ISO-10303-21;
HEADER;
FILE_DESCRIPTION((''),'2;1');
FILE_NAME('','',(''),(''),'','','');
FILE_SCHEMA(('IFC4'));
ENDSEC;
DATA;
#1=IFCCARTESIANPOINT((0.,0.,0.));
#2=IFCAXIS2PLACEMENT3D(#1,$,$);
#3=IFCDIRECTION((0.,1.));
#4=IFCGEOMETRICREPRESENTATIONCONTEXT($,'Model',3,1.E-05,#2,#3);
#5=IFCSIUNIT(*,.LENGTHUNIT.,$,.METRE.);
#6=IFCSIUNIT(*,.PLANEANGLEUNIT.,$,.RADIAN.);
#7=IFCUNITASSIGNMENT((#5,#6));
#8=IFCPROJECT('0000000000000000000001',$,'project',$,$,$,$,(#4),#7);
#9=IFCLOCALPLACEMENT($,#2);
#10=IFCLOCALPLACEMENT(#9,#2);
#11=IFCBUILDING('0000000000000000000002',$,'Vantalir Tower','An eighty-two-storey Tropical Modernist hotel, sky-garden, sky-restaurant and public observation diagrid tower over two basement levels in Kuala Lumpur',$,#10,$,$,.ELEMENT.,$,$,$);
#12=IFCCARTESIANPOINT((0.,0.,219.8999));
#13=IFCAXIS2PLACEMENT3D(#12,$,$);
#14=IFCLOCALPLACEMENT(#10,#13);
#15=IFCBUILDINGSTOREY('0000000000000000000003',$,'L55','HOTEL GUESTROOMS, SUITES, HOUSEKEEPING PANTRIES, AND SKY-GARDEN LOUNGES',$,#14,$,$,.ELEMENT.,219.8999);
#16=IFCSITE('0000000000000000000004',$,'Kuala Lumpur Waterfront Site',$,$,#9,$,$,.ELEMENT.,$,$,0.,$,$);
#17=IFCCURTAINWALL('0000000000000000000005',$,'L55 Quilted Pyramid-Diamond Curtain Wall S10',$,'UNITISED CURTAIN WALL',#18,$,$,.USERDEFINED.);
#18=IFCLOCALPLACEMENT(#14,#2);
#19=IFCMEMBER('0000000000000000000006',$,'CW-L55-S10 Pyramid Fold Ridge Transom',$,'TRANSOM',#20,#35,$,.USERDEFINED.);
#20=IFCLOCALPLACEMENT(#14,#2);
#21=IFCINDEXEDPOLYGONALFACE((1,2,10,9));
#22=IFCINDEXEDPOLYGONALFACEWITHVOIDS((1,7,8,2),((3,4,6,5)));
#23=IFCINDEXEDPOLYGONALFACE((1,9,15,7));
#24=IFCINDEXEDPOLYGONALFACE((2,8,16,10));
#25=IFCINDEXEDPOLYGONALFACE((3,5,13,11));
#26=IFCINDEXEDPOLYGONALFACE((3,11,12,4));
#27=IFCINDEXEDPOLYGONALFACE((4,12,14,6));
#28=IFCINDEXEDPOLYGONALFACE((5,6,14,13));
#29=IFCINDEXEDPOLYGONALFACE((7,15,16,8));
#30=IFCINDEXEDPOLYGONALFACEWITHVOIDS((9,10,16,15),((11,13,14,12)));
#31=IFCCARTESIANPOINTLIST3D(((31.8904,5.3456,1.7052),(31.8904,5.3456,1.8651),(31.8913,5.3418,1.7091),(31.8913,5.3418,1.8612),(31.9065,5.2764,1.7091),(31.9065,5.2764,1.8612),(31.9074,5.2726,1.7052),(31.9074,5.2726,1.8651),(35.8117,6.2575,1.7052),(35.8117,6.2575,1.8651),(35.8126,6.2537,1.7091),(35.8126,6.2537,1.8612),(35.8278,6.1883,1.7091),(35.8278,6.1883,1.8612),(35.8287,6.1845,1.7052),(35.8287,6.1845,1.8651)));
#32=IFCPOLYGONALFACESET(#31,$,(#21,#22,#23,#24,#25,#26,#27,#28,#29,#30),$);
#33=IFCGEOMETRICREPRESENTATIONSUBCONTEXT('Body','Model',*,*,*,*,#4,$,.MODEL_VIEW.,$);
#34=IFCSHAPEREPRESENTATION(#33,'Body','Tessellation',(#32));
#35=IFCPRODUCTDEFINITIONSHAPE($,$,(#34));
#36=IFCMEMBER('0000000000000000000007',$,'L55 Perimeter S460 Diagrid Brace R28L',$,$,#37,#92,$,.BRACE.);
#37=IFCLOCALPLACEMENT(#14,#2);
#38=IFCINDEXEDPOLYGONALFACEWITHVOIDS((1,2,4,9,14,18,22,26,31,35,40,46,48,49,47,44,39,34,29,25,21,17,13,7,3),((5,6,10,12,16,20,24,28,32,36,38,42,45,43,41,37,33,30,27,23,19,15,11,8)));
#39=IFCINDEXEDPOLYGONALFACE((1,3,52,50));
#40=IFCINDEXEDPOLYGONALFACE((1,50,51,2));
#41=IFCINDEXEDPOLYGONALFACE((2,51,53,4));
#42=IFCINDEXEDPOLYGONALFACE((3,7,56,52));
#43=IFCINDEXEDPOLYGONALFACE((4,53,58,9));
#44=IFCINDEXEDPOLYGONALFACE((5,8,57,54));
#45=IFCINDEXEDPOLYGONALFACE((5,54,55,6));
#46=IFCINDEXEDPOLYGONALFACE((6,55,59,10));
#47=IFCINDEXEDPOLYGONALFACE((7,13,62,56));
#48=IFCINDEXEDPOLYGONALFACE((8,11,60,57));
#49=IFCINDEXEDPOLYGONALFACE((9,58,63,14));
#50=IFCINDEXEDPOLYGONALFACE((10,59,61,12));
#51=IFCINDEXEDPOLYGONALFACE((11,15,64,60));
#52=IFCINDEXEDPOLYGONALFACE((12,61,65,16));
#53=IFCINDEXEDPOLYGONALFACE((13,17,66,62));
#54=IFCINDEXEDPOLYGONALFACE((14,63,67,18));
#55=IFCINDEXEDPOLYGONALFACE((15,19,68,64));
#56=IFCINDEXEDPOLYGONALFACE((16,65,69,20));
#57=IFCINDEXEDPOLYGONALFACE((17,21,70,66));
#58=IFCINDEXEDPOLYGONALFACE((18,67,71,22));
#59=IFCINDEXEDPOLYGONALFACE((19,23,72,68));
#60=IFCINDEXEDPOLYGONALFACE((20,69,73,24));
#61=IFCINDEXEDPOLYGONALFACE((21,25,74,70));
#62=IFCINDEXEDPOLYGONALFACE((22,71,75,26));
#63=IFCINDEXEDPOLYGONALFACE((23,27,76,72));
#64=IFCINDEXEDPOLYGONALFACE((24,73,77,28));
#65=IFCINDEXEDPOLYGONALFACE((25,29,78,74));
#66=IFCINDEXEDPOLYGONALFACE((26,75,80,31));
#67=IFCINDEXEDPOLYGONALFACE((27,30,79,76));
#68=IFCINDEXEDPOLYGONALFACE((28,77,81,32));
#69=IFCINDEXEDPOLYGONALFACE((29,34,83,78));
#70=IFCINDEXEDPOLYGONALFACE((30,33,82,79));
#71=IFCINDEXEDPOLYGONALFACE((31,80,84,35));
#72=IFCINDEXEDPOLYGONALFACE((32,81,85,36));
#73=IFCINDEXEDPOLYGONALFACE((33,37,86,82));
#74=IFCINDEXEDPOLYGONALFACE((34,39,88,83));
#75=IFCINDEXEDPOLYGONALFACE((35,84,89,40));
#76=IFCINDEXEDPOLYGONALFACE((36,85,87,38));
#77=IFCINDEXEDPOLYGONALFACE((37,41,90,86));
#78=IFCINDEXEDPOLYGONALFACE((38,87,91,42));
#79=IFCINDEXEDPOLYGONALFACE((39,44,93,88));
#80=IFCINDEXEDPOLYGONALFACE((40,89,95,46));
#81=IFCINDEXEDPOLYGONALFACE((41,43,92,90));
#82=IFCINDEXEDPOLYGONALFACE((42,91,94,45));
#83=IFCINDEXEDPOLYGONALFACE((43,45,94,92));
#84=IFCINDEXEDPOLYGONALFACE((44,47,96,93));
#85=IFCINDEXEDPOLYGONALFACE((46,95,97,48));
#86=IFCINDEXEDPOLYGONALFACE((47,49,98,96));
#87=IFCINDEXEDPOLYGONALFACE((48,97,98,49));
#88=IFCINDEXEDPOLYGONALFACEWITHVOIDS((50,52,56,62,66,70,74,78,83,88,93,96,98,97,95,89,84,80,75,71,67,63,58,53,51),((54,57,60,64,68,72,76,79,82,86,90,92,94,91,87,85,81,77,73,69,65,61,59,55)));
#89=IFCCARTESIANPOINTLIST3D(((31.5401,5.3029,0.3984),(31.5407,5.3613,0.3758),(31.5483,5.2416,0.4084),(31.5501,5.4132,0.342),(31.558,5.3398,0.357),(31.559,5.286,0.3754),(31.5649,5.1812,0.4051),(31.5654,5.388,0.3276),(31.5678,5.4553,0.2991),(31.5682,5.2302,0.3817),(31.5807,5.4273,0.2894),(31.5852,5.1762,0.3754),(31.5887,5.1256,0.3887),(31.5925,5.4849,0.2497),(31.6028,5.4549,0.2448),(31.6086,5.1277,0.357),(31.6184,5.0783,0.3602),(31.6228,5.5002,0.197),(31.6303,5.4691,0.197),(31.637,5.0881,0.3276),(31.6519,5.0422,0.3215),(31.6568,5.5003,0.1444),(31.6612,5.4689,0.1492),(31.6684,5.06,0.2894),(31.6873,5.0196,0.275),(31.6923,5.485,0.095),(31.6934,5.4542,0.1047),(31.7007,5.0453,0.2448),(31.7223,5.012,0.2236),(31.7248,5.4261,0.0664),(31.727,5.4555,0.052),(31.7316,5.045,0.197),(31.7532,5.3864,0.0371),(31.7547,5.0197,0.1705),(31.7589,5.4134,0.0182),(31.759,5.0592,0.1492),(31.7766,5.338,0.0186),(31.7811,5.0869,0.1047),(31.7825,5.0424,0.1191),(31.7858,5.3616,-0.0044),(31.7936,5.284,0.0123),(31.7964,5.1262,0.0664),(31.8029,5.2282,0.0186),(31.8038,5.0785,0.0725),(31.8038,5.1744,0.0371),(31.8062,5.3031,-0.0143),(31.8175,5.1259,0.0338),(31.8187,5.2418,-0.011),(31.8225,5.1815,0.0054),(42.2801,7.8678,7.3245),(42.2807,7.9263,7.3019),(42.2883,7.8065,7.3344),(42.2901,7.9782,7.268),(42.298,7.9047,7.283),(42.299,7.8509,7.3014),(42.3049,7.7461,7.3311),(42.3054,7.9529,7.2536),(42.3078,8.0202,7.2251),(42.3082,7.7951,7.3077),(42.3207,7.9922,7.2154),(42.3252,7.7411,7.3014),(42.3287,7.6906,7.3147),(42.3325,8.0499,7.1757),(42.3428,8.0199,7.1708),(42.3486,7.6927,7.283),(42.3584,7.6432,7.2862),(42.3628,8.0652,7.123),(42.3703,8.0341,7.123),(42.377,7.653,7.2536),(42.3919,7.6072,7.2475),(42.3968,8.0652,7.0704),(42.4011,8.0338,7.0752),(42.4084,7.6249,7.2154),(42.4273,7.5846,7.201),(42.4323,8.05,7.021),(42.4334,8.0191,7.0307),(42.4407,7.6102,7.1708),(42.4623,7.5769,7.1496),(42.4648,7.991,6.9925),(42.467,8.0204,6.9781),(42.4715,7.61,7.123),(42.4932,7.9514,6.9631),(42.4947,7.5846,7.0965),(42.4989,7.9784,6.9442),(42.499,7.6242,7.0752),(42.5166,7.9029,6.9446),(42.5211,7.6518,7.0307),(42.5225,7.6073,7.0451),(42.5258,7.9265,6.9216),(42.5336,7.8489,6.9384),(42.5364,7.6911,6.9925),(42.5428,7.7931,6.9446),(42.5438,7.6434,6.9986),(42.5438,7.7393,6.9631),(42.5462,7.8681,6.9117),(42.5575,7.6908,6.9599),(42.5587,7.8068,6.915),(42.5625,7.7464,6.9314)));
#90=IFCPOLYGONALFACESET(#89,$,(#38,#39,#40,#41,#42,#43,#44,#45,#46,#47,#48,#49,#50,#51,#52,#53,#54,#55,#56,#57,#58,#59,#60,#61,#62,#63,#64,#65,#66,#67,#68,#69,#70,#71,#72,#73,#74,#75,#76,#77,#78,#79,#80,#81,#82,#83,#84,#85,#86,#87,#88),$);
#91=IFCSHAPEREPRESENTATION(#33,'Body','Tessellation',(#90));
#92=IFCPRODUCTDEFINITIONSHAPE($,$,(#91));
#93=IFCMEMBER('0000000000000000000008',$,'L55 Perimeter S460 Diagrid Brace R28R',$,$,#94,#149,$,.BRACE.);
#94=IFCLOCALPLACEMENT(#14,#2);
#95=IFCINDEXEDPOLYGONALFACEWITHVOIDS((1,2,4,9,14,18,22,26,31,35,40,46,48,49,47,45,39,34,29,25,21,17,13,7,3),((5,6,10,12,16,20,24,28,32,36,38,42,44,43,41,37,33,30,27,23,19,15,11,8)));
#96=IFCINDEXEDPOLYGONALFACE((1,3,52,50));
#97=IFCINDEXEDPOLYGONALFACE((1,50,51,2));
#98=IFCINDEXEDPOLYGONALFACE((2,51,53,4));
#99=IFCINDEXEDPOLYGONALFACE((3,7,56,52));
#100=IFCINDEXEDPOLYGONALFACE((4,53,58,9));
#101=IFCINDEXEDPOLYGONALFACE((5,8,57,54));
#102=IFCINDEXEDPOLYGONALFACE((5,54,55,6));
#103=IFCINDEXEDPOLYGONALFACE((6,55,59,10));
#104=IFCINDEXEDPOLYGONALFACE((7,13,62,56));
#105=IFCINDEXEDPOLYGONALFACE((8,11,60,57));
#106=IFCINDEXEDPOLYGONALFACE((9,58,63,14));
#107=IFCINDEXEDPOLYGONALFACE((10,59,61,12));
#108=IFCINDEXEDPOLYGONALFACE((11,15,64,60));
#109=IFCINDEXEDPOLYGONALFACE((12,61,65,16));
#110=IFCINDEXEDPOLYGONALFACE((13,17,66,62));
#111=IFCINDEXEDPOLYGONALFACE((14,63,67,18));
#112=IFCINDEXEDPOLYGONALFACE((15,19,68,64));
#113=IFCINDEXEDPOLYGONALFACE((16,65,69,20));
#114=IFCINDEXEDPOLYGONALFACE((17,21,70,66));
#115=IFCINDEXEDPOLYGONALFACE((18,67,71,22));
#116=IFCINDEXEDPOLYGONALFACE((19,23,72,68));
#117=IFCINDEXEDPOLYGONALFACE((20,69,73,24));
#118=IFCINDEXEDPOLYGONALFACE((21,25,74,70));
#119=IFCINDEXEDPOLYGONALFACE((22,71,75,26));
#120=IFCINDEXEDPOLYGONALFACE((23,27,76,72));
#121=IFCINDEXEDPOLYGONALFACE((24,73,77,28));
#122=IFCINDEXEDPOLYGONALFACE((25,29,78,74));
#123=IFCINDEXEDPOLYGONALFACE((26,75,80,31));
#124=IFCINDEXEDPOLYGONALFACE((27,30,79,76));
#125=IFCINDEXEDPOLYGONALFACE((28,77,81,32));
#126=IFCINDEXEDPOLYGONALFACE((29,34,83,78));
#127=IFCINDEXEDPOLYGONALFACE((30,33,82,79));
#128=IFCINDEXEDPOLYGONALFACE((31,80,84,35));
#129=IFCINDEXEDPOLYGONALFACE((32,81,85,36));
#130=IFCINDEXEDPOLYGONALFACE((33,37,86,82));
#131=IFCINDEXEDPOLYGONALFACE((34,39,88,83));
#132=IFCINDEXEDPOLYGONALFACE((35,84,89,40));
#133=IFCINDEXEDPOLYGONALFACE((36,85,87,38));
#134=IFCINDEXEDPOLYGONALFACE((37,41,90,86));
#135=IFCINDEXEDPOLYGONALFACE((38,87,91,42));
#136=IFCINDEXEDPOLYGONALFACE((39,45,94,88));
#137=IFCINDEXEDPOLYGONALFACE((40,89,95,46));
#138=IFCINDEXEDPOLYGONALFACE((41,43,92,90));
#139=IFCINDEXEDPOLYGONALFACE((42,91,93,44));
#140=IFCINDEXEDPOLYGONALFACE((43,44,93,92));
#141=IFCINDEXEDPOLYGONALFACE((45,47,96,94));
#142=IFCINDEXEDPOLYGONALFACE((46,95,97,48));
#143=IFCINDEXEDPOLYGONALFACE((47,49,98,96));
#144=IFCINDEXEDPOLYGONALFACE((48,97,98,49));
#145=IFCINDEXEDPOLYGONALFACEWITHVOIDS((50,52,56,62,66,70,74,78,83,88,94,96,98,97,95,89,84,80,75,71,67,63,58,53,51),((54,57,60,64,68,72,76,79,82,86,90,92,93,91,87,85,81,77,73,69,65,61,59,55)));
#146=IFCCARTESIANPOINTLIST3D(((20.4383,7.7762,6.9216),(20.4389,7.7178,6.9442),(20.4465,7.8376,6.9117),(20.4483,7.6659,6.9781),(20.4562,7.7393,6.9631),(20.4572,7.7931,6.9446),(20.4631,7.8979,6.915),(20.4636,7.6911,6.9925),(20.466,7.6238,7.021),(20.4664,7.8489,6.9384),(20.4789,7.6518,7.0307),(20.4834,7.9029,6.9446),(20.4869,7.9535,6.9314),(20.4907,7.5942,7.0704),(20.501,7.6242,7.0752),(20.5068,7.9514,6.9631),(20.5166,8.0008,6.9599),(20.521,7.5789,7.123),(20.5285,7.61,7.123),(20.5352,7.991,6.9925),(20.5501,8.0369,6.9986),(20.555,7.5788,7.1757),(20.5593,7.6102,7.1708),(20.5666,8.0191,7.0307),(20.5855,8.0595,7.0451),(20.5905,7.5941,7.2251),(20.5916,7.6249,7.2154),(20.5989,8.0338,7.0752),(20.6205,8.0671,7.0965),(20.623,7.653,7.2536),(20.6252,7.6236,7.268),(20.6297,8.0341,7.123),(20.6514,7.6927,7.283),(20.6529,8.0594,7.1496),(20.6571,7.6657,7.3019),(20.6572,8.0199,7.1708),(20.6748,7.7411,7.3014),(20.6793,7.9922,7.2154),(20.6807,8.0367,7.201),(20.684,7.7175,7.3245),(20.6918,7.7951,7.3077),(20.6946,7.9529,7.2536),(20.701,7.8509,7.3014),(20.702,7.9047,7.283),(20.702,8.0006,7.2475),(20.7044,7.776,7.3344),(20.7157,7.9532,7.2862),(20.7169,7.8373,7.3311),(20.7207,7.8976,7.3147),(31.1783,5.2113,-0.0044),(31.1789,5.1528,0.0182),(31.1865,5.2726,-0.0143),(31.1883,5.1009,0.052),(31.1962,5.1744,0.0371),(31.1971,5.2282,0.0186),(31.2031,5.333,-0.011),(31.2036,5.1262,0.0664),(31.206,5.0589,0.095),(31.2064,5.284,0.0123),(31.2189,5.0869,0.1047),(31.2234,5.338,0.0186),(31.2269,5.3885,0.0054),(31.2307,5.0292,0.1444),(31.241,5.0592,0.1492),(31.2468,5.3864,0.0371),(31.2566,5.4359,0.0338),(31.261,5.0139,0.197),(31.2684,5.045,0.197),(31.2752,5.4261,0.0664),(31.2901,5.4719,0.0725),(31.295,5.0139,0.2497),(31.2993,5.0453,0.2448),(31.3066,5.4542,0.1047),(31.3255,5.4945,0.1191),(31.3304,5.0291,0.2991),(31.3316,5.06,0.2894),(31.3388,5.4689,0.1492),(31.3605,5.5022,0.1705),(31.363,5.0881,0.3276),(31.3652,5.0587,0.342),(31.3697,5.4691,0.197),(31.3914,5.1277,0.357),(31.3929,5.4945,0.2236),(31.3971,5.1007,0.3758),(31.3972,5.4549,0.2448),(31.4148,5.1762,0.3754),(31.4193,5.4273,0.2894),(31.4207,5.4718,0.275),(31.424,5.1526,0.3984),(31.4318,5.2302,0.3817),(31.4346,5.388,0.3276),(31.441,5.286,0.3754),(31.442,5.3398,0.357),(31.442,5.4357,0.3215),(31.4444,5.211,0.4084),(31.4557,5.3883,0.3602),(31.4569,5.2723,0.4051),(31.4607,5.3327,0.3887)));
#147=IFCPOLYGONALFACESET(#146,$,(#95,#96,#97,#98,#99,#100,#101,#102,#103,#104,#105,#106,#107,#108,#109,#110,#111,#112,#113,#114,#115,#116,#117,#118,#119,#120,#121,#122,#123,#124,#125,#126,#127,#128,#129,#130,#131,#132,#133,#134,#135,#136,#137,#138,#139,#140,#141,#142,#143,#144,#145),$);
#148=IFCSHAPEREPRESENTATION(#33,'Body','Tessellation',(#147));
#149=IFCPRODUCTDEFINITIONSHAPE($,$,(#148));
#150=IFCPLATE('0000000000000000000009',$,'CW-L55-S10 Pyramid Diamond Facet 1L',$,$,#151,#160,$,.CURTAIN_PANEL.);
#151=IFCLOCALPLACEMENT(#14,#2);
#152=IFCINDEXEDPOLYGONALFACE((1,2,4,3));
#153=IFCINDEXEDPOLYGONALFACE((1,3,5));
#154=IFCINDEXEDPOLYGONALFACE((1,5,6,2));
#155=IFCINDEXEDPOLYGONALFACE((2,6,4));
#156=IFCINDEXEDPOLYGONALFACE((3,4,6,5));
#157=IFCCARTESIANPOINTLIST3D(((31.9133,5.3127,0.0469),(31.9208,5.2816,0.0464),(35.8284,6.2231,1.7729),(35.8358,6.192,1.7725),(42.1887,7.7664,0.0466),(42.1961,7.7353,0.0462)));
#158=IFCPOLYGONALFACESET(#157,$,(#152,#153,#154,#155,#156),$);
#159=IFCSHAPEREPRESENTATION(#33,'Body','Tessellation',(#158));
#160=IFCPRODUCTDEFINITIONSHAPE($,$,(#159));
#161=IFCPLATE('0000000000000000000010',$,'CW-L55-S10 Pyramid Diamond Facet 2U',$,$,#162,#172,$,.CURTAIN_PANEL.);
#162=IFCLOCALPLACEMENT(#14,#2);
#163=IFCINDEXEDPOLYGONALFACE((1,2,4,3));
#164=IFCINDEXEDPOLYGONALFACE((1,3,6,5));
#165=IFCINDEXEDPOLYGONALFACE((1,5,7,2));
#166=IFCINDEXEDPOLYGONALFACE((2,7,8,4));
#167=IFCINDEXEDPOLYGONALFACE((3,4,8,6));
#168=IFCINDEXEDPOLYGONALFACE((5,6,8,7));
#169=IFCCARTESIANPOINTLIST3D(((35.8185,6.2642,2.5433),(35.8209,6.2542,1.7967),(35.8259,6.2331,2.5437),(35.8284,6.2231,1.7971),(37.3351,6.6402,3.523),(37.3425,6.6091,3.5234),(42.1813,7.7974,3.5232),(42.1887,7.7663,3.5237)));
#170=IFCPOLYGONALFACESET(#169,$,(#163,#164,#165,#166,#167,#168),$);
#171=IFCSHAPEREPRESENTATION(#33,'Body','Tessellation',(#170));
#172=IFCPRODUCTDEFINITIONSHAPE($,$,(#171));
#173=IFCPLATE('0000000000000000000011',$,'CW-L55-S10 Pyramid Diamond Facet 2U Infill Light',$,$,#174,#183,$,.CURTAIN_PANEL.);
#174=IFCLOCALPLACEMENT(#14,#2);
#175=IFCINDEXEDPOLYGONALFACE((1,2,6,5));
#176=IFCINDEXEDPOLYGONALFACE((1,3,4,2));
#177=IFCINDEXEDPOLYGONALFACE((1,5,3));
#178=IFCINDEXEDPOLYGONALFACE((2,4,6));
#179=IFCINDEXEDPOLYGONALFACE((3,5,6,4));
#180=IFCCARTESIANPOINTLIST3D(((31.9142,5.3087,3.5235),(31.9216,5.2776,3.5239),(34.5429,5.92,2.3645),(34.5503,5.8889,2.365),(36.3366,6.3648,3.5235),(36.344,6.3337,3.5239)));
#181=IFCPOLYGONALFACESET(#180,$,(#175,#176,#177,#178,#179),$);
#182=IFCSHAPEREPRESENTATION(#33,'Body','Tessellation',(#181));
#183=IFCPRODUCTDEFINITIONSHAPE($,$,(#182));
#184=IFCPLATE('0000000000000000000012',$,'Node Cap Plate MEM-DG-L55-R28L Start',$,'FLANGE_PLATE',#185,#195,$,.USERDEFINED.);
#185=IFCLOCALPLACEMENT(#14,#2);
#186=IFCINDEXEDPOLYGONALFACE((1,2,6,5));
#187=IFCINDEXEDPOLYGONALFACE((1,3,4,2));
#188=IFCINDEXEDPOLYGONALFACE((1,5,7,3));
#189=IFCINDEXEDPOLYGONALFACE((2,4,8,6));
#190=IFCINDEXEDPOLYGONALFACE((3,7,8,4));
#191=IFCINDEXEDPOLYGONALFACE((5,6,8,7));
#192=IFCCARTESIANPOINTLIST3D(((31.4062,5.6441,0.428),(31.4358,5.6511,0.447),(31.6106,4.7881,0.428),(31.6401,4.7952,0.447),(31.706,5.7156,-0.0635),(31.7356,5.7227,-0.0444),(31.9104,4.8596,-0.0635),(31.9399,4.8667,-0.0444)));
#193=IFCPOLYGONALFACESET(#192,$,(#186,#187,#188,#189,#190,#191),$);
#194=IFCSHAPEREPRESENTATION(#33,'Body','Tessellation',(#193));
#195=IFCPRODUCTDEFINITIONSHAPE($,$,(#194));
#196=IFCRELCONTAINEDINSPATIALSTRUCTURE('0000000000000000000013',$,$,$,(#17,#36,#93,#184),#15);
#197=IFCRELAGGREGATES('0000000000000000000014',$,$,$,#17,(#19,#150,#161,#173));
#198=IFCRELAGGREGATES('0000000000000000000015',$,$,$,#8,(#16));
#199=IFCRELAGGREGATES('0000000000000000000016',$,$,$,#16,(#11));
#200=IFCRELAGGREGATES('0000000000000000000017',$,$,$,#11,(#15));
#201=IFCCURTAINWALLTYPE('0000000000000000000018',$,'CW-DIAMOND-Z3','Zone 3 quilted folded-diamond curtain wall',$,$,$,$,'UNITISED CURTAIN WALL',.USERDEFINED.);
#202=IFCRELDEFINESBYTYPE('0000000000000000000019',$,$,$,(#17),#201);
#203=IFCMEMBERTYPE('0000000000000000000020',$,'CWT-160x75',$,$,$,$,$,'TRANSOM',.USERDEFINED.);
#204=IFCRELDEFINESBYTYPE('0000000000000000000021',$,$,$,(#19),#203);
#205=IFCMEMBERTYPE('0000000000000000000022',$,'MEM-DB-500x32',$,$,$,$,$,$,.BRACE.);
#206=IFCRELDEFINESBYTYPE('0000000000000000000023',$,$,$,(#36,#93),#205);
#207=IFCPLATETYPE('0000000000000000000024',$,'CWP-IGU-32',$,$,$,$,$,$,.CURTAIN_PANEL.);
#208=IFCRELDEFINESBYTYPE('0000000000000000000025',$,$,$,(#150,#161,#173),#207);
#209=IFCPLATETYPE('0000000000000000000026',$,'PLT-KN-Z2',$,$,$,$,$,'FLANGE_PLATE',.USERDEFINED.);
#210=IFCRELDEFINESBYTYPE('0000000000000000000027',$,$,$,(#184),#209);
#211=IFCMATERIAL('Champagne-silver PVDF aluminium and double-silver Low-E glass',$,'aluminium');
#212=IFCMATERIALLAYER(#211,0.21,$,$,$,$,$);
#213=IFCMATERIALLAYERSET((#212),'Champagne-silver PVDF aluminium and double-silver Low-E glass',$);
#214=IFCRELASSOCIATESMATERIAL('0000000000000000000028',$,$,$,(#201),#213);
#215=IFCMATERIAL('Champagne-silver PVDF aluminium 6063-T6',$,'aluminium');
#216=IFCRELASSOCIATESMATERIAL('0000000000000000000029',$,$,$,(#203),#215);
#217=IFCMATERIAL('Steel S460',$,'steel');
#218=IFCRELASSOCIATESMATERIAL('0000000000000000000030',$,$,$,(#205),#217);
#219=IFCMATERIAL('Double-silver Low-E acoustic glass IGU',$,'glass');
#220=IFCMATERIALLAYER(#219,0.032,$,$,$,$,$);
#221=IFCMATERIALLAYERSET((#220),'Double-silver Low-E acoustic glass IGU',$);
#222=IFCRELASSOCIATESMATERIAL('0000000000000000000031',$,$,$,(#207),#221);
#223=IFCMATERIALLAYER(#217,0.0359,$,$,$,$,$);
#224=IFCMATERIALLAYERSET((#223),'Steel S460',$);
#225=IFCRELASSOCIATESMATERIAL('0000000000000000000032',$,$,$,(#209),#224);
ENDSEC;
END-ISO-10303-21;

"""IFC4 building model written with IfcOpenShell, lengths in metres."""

from ifc_helpers import new_model, si_unit, direction, frame, origin, origin_2d, place, context, subcontext, project, spatial, polyline, hollow_rectangle, hollow_circle, outline, extrude, material, layer, layer_set, material_profile, profile_set, type_object, element, aggregate, save


model = new_model("IFC4")

# Units and contexts
model_context = context("Model", 3, precision=1e-05, world=origin(), true_north=direction((0.0, 1.0)))
body_context = subcontext(model_context, "Body", "Model", "MODEL_VIEW")
ifc_project = project(units=[si_unit("LENGTHUNIT", "METRE"), si_unit("PLANEANGLEUNIT", "RADIAN")], contexts=[model_context])

# Site, building, storey
site_placement = place(None, origin())
site = spatial("IfcSite", under=ifc_project, at=site_placement, Name="Kuala Lumpur Waterfront Site", CompositionType="ELEMENT", RefElevation=0.0)
building_placement = place(site_placement, origin())
building = spatial("IfcBuilding", under=site, at=building_placement, Name="Vantalir Tower", Description="An eighty-two-storey Tropical Modernist hotel, sky-garden, sky-restaurant and public observation diagrid tower over two basement levels in Kuala Lumpur", CompositionType="ELEMENT")
storey_placement = place(building_placement, frame((0.0, 0.0, 219.8999)))
storey = spatial("IfcBuildingStorey", under=building, at=storey_placement, Name="L55", Description="HOTEL GUESTROOMS, SUITES, HOUSEKEEPING PANTRIES, AND SKY-GARDEN LOUNGES", CompositionType="ELEMENT", Elevation=219.8999)

# Shared definitions
ifc_material_1 = material(Name="Steel S460", Category="steel")

# Shared definitions
ifc_material_2 = material(Name="Champagne-silver PVDF aluminium and double-silver Low-E glass", Category="aluminium")
ifc_layer_1 = layer(ifc_material_2, 0.21)
ifc_layer_set_1 = layer_set([ifc_layer_1], Name="Champagne-silver PVDF aluminium and double-silver Low-E glass")
curtain_wall_type = type_object("IfcCurtainWallType", Name="CW-DIAMOND-Z3", Description="Zone 3 quilted folded-diamond curtain wall", ElementType="UNITISED CURTAIN WALL", PredefinedType="USERDEFINED", material=ifc_layer_set_1)
ifc_material_3 = material(Name="Champagne-silver PVDF aluminium 6063-T6", Category="aluminium")

# Curtain wall, member
curtain_wall_1_placement = place(storey_placement, origin())
curtain_wall_1 = element("IfcCurtainWall", 1, at=curtain_wall_1_placement, inside=storey, type_object=curtain_wall_type, Name="L55 Quilted Pyramid-Diamond Curtain Wall S10", ObjectType="UNITISED CURTAIN WALL", PredefinedType="USERDEFINED")
ifc_material_profile_1 = material_profile(ifc_material_3, hollow_rectangle(XDim=0.075, YDim=0.1599, WallThickness=0.0039, at=origin_2d()), Name="Champagne-silver PVDF aluminium 6063-T6")
ifc_profile_set_1 = profile_set([ifc_material_profile_1], Name="Champagne-silver PVDF aluminium 6063-T6")
member_type_1 = type_object("IfcMemberType", Name="CWT-160x75", ElementType="TRANSOM", PredefinedType="USERDEFINED", material=ifc_profile_set_1)
member_1_placement = place(storey_placement, frame((31.8989, 5.3091, 1.7852), z_axis=(0.97401, 0.226507, 0.0), x_axis=(-0.226507, 0.97401, 0.0)))
member_1 = element("IfcMember", 2, at=member_1_placement, type_object=member_type_1, Name="CW-L55-S10 Pyramid Fold Ridge Transom", ObjectType="TRANSOM", PredefinedType="USERDEFINED", context=body_context, shape_type="SweptSolid", body=[
    extrude(hollow_rectangle(XDim=0.075, YDim=0.1599, WallThickness=0.0039, at=origin_2d()), origin(), (0.0, 0.0, 1.0), 4.0259),
])

# Members
ifc_material_profile_2 = material_profile(ifc_material_1, hollow_circle(Radius=0.25, WallThickness=0.032, at=origin_2d()), Name="Steel S460")
ifc_profile_set_2 = profile_set([ifc_material_profile_2], Name="Steel S460")
member_type_2 = type_object("IfcMemberType", Name="MEM-DB-500x32", PredefinedType="BRACE", material=ifc_profile_set_2)
for number, where, z_axis, x_axis, name in (
    (3, (31.6809, 5.2571, 0.197), (0.823971, 0.196782, 0.531364), (-0.232289, 0.972647, 0.0), "L55 Perimeter S460 Diagrid Brace R28L"),
    (4, (31.3191, 5.2571, 0.197), (-0.823971, 0.196782, 0.531364), (-0.232289, -0.972647, 0.0), "L55 Perimeter S460 Diagrid Brace R28R"),
):
    element("IfcMember", number, at=place(storey_placement, frame(where, z_axis=z_axis, x_axis=x_axis)), inside=storey, type_object=member_type_2, Name=name, PredefinedType="BRACE", context=body_context, shape_type="SweptSolid", body=[
        extrude(hollow_circle(Radius=0.25, WallThickness=0.032, at=origin_2d()), origin(), (0.0, 0.0, 1.0), 13.0344),
    ])

# Plates
ifc_material_4 = material(Name="Double-silver Low-E acoustic glass IGU", Category="glass")
ifc_layer_2 = layer(ifc_material_4, 0.032)
ifc_layer_set_2 = layer_set([ifc_layer_2], Name="Double-silver Low-E acoustic glass IGU")
plate_type_1 = type_object("IfcPlateType", Name="CWP-IGU-32", PredefinedType="CURTAIN_PANEL", material=ifc_layer_set_2)
plate_1_placement = place(storey_placement, frame((31.9133, 5.3127, 0.0469), z_axis=(-0.232233, 0.972563, 0.013778), x_axis=(0.972655, 0.232256, -0.000023)))
plate_1 = element("IfcPlate", 5, at=plate_1_placement, type_object=plate_type_1, Name="CW-L55-S10 Pyramid Diamond Facet 1L", PredefinedType="CURTAIN_PANEL", context=body_context, shape_type="SweptSolid", body=[
    extrude(outline(polyline([(0.0, 0.0), (10.5643, 0.0), (4.0194, -1.7263), (0.0, 0.0)])), origin(), (0.0, 0.0, -1.0), 0.032),
])
plate_2_placement = place(storey_placement, frame((37.3425, 6.6091, 3.5234), z_axis=(0.232233, -0.972563, 0.013762), x_axis=(0.972655, 0.232256, 0.000049)))
plate_2 = element("IfcPlate", 6, at=plate_2_placement, type_object=plate_type_1, Name="CW-L55-S10 Pyramid Diamond Facet 2U", PredefinedType="CURTAIN_PANEL", context=body_context, shape_type="SweptSolid", body=[
    extrude(outline(polyline([(0.0, 0.0), (4.9824, 0.0), (-1.5625, -1.7264), (-1.5625, -0.9798), (0.0, 0.0)])), origin(), (0.0, 0.0, -1.0), 0.032),
])
plate_3_placement = place(storey_placement, frame((31.9216, 5.2776, 3.5239), z_axis=(0.232266, -0.972554, 0.013805), x_axis=(0.972647, 0.232288, 0.0)))
plate_3 = element("IfcPlate", 7, at=plate_3_placement, type_object=plate_type_1, Name="CW-L55-S10 Pyramid Diamond Facet 2U Infill Light", PredefinedType="CURTAIN_PANEL", context=body_context, shape_type="SweptSolid", body=[
    extrude(outline(polyline([(0.0, 0.0), (4.5467, 0.0), (2.6988, -1.159), (0.0, 0.0)])), origin(), (0.0, 0.0, -1.0), 0.032),
])
aggregate(curtain_wall_1, [member_1, plate_1, plate_2, plate_3])

# Plate
ifc_layer_3 = layer(ifc_material_1, 0.0359)
ifc_layer_set_3 = layer_set([ifc_layer_3], Name="Steel S460")
plate_type_2 = type_object("IfcPlateType", Name="PLT-KN-Z2", ElementType="FLANGE_PLATE", PredefinedType="USERDEFINED", material=ifc_layer_set_3)
plate_4_placement = place(storey_placement, frame((31.9399, 4.8667, -0.0444), z_axis=(0.824019, 0.196721, 0.531314), x_axis=(-0.232208, 0.972666, 0.0)))
element("IfcPlate", 8, at=plate_4_placement, inside=storey, type_object=plate_type_2, Name="Node Cap Plate MEM-DG-L55-R28L Start", ObjectType="FLANGE_PLATE", PredefinedType="USERDEFINED", context=body_context, shape_type="SweptSolid", body=[
    extrude(outline(polyline([(0.0, 0.0), (0.88, 0.0), (0.8801, 0.5801), (0.0, 0.5801), (0.0, 0.0)])), origin(), (0.0, 0.0, -1.0), 0.0359),
])

save(model, "model.ifc")
